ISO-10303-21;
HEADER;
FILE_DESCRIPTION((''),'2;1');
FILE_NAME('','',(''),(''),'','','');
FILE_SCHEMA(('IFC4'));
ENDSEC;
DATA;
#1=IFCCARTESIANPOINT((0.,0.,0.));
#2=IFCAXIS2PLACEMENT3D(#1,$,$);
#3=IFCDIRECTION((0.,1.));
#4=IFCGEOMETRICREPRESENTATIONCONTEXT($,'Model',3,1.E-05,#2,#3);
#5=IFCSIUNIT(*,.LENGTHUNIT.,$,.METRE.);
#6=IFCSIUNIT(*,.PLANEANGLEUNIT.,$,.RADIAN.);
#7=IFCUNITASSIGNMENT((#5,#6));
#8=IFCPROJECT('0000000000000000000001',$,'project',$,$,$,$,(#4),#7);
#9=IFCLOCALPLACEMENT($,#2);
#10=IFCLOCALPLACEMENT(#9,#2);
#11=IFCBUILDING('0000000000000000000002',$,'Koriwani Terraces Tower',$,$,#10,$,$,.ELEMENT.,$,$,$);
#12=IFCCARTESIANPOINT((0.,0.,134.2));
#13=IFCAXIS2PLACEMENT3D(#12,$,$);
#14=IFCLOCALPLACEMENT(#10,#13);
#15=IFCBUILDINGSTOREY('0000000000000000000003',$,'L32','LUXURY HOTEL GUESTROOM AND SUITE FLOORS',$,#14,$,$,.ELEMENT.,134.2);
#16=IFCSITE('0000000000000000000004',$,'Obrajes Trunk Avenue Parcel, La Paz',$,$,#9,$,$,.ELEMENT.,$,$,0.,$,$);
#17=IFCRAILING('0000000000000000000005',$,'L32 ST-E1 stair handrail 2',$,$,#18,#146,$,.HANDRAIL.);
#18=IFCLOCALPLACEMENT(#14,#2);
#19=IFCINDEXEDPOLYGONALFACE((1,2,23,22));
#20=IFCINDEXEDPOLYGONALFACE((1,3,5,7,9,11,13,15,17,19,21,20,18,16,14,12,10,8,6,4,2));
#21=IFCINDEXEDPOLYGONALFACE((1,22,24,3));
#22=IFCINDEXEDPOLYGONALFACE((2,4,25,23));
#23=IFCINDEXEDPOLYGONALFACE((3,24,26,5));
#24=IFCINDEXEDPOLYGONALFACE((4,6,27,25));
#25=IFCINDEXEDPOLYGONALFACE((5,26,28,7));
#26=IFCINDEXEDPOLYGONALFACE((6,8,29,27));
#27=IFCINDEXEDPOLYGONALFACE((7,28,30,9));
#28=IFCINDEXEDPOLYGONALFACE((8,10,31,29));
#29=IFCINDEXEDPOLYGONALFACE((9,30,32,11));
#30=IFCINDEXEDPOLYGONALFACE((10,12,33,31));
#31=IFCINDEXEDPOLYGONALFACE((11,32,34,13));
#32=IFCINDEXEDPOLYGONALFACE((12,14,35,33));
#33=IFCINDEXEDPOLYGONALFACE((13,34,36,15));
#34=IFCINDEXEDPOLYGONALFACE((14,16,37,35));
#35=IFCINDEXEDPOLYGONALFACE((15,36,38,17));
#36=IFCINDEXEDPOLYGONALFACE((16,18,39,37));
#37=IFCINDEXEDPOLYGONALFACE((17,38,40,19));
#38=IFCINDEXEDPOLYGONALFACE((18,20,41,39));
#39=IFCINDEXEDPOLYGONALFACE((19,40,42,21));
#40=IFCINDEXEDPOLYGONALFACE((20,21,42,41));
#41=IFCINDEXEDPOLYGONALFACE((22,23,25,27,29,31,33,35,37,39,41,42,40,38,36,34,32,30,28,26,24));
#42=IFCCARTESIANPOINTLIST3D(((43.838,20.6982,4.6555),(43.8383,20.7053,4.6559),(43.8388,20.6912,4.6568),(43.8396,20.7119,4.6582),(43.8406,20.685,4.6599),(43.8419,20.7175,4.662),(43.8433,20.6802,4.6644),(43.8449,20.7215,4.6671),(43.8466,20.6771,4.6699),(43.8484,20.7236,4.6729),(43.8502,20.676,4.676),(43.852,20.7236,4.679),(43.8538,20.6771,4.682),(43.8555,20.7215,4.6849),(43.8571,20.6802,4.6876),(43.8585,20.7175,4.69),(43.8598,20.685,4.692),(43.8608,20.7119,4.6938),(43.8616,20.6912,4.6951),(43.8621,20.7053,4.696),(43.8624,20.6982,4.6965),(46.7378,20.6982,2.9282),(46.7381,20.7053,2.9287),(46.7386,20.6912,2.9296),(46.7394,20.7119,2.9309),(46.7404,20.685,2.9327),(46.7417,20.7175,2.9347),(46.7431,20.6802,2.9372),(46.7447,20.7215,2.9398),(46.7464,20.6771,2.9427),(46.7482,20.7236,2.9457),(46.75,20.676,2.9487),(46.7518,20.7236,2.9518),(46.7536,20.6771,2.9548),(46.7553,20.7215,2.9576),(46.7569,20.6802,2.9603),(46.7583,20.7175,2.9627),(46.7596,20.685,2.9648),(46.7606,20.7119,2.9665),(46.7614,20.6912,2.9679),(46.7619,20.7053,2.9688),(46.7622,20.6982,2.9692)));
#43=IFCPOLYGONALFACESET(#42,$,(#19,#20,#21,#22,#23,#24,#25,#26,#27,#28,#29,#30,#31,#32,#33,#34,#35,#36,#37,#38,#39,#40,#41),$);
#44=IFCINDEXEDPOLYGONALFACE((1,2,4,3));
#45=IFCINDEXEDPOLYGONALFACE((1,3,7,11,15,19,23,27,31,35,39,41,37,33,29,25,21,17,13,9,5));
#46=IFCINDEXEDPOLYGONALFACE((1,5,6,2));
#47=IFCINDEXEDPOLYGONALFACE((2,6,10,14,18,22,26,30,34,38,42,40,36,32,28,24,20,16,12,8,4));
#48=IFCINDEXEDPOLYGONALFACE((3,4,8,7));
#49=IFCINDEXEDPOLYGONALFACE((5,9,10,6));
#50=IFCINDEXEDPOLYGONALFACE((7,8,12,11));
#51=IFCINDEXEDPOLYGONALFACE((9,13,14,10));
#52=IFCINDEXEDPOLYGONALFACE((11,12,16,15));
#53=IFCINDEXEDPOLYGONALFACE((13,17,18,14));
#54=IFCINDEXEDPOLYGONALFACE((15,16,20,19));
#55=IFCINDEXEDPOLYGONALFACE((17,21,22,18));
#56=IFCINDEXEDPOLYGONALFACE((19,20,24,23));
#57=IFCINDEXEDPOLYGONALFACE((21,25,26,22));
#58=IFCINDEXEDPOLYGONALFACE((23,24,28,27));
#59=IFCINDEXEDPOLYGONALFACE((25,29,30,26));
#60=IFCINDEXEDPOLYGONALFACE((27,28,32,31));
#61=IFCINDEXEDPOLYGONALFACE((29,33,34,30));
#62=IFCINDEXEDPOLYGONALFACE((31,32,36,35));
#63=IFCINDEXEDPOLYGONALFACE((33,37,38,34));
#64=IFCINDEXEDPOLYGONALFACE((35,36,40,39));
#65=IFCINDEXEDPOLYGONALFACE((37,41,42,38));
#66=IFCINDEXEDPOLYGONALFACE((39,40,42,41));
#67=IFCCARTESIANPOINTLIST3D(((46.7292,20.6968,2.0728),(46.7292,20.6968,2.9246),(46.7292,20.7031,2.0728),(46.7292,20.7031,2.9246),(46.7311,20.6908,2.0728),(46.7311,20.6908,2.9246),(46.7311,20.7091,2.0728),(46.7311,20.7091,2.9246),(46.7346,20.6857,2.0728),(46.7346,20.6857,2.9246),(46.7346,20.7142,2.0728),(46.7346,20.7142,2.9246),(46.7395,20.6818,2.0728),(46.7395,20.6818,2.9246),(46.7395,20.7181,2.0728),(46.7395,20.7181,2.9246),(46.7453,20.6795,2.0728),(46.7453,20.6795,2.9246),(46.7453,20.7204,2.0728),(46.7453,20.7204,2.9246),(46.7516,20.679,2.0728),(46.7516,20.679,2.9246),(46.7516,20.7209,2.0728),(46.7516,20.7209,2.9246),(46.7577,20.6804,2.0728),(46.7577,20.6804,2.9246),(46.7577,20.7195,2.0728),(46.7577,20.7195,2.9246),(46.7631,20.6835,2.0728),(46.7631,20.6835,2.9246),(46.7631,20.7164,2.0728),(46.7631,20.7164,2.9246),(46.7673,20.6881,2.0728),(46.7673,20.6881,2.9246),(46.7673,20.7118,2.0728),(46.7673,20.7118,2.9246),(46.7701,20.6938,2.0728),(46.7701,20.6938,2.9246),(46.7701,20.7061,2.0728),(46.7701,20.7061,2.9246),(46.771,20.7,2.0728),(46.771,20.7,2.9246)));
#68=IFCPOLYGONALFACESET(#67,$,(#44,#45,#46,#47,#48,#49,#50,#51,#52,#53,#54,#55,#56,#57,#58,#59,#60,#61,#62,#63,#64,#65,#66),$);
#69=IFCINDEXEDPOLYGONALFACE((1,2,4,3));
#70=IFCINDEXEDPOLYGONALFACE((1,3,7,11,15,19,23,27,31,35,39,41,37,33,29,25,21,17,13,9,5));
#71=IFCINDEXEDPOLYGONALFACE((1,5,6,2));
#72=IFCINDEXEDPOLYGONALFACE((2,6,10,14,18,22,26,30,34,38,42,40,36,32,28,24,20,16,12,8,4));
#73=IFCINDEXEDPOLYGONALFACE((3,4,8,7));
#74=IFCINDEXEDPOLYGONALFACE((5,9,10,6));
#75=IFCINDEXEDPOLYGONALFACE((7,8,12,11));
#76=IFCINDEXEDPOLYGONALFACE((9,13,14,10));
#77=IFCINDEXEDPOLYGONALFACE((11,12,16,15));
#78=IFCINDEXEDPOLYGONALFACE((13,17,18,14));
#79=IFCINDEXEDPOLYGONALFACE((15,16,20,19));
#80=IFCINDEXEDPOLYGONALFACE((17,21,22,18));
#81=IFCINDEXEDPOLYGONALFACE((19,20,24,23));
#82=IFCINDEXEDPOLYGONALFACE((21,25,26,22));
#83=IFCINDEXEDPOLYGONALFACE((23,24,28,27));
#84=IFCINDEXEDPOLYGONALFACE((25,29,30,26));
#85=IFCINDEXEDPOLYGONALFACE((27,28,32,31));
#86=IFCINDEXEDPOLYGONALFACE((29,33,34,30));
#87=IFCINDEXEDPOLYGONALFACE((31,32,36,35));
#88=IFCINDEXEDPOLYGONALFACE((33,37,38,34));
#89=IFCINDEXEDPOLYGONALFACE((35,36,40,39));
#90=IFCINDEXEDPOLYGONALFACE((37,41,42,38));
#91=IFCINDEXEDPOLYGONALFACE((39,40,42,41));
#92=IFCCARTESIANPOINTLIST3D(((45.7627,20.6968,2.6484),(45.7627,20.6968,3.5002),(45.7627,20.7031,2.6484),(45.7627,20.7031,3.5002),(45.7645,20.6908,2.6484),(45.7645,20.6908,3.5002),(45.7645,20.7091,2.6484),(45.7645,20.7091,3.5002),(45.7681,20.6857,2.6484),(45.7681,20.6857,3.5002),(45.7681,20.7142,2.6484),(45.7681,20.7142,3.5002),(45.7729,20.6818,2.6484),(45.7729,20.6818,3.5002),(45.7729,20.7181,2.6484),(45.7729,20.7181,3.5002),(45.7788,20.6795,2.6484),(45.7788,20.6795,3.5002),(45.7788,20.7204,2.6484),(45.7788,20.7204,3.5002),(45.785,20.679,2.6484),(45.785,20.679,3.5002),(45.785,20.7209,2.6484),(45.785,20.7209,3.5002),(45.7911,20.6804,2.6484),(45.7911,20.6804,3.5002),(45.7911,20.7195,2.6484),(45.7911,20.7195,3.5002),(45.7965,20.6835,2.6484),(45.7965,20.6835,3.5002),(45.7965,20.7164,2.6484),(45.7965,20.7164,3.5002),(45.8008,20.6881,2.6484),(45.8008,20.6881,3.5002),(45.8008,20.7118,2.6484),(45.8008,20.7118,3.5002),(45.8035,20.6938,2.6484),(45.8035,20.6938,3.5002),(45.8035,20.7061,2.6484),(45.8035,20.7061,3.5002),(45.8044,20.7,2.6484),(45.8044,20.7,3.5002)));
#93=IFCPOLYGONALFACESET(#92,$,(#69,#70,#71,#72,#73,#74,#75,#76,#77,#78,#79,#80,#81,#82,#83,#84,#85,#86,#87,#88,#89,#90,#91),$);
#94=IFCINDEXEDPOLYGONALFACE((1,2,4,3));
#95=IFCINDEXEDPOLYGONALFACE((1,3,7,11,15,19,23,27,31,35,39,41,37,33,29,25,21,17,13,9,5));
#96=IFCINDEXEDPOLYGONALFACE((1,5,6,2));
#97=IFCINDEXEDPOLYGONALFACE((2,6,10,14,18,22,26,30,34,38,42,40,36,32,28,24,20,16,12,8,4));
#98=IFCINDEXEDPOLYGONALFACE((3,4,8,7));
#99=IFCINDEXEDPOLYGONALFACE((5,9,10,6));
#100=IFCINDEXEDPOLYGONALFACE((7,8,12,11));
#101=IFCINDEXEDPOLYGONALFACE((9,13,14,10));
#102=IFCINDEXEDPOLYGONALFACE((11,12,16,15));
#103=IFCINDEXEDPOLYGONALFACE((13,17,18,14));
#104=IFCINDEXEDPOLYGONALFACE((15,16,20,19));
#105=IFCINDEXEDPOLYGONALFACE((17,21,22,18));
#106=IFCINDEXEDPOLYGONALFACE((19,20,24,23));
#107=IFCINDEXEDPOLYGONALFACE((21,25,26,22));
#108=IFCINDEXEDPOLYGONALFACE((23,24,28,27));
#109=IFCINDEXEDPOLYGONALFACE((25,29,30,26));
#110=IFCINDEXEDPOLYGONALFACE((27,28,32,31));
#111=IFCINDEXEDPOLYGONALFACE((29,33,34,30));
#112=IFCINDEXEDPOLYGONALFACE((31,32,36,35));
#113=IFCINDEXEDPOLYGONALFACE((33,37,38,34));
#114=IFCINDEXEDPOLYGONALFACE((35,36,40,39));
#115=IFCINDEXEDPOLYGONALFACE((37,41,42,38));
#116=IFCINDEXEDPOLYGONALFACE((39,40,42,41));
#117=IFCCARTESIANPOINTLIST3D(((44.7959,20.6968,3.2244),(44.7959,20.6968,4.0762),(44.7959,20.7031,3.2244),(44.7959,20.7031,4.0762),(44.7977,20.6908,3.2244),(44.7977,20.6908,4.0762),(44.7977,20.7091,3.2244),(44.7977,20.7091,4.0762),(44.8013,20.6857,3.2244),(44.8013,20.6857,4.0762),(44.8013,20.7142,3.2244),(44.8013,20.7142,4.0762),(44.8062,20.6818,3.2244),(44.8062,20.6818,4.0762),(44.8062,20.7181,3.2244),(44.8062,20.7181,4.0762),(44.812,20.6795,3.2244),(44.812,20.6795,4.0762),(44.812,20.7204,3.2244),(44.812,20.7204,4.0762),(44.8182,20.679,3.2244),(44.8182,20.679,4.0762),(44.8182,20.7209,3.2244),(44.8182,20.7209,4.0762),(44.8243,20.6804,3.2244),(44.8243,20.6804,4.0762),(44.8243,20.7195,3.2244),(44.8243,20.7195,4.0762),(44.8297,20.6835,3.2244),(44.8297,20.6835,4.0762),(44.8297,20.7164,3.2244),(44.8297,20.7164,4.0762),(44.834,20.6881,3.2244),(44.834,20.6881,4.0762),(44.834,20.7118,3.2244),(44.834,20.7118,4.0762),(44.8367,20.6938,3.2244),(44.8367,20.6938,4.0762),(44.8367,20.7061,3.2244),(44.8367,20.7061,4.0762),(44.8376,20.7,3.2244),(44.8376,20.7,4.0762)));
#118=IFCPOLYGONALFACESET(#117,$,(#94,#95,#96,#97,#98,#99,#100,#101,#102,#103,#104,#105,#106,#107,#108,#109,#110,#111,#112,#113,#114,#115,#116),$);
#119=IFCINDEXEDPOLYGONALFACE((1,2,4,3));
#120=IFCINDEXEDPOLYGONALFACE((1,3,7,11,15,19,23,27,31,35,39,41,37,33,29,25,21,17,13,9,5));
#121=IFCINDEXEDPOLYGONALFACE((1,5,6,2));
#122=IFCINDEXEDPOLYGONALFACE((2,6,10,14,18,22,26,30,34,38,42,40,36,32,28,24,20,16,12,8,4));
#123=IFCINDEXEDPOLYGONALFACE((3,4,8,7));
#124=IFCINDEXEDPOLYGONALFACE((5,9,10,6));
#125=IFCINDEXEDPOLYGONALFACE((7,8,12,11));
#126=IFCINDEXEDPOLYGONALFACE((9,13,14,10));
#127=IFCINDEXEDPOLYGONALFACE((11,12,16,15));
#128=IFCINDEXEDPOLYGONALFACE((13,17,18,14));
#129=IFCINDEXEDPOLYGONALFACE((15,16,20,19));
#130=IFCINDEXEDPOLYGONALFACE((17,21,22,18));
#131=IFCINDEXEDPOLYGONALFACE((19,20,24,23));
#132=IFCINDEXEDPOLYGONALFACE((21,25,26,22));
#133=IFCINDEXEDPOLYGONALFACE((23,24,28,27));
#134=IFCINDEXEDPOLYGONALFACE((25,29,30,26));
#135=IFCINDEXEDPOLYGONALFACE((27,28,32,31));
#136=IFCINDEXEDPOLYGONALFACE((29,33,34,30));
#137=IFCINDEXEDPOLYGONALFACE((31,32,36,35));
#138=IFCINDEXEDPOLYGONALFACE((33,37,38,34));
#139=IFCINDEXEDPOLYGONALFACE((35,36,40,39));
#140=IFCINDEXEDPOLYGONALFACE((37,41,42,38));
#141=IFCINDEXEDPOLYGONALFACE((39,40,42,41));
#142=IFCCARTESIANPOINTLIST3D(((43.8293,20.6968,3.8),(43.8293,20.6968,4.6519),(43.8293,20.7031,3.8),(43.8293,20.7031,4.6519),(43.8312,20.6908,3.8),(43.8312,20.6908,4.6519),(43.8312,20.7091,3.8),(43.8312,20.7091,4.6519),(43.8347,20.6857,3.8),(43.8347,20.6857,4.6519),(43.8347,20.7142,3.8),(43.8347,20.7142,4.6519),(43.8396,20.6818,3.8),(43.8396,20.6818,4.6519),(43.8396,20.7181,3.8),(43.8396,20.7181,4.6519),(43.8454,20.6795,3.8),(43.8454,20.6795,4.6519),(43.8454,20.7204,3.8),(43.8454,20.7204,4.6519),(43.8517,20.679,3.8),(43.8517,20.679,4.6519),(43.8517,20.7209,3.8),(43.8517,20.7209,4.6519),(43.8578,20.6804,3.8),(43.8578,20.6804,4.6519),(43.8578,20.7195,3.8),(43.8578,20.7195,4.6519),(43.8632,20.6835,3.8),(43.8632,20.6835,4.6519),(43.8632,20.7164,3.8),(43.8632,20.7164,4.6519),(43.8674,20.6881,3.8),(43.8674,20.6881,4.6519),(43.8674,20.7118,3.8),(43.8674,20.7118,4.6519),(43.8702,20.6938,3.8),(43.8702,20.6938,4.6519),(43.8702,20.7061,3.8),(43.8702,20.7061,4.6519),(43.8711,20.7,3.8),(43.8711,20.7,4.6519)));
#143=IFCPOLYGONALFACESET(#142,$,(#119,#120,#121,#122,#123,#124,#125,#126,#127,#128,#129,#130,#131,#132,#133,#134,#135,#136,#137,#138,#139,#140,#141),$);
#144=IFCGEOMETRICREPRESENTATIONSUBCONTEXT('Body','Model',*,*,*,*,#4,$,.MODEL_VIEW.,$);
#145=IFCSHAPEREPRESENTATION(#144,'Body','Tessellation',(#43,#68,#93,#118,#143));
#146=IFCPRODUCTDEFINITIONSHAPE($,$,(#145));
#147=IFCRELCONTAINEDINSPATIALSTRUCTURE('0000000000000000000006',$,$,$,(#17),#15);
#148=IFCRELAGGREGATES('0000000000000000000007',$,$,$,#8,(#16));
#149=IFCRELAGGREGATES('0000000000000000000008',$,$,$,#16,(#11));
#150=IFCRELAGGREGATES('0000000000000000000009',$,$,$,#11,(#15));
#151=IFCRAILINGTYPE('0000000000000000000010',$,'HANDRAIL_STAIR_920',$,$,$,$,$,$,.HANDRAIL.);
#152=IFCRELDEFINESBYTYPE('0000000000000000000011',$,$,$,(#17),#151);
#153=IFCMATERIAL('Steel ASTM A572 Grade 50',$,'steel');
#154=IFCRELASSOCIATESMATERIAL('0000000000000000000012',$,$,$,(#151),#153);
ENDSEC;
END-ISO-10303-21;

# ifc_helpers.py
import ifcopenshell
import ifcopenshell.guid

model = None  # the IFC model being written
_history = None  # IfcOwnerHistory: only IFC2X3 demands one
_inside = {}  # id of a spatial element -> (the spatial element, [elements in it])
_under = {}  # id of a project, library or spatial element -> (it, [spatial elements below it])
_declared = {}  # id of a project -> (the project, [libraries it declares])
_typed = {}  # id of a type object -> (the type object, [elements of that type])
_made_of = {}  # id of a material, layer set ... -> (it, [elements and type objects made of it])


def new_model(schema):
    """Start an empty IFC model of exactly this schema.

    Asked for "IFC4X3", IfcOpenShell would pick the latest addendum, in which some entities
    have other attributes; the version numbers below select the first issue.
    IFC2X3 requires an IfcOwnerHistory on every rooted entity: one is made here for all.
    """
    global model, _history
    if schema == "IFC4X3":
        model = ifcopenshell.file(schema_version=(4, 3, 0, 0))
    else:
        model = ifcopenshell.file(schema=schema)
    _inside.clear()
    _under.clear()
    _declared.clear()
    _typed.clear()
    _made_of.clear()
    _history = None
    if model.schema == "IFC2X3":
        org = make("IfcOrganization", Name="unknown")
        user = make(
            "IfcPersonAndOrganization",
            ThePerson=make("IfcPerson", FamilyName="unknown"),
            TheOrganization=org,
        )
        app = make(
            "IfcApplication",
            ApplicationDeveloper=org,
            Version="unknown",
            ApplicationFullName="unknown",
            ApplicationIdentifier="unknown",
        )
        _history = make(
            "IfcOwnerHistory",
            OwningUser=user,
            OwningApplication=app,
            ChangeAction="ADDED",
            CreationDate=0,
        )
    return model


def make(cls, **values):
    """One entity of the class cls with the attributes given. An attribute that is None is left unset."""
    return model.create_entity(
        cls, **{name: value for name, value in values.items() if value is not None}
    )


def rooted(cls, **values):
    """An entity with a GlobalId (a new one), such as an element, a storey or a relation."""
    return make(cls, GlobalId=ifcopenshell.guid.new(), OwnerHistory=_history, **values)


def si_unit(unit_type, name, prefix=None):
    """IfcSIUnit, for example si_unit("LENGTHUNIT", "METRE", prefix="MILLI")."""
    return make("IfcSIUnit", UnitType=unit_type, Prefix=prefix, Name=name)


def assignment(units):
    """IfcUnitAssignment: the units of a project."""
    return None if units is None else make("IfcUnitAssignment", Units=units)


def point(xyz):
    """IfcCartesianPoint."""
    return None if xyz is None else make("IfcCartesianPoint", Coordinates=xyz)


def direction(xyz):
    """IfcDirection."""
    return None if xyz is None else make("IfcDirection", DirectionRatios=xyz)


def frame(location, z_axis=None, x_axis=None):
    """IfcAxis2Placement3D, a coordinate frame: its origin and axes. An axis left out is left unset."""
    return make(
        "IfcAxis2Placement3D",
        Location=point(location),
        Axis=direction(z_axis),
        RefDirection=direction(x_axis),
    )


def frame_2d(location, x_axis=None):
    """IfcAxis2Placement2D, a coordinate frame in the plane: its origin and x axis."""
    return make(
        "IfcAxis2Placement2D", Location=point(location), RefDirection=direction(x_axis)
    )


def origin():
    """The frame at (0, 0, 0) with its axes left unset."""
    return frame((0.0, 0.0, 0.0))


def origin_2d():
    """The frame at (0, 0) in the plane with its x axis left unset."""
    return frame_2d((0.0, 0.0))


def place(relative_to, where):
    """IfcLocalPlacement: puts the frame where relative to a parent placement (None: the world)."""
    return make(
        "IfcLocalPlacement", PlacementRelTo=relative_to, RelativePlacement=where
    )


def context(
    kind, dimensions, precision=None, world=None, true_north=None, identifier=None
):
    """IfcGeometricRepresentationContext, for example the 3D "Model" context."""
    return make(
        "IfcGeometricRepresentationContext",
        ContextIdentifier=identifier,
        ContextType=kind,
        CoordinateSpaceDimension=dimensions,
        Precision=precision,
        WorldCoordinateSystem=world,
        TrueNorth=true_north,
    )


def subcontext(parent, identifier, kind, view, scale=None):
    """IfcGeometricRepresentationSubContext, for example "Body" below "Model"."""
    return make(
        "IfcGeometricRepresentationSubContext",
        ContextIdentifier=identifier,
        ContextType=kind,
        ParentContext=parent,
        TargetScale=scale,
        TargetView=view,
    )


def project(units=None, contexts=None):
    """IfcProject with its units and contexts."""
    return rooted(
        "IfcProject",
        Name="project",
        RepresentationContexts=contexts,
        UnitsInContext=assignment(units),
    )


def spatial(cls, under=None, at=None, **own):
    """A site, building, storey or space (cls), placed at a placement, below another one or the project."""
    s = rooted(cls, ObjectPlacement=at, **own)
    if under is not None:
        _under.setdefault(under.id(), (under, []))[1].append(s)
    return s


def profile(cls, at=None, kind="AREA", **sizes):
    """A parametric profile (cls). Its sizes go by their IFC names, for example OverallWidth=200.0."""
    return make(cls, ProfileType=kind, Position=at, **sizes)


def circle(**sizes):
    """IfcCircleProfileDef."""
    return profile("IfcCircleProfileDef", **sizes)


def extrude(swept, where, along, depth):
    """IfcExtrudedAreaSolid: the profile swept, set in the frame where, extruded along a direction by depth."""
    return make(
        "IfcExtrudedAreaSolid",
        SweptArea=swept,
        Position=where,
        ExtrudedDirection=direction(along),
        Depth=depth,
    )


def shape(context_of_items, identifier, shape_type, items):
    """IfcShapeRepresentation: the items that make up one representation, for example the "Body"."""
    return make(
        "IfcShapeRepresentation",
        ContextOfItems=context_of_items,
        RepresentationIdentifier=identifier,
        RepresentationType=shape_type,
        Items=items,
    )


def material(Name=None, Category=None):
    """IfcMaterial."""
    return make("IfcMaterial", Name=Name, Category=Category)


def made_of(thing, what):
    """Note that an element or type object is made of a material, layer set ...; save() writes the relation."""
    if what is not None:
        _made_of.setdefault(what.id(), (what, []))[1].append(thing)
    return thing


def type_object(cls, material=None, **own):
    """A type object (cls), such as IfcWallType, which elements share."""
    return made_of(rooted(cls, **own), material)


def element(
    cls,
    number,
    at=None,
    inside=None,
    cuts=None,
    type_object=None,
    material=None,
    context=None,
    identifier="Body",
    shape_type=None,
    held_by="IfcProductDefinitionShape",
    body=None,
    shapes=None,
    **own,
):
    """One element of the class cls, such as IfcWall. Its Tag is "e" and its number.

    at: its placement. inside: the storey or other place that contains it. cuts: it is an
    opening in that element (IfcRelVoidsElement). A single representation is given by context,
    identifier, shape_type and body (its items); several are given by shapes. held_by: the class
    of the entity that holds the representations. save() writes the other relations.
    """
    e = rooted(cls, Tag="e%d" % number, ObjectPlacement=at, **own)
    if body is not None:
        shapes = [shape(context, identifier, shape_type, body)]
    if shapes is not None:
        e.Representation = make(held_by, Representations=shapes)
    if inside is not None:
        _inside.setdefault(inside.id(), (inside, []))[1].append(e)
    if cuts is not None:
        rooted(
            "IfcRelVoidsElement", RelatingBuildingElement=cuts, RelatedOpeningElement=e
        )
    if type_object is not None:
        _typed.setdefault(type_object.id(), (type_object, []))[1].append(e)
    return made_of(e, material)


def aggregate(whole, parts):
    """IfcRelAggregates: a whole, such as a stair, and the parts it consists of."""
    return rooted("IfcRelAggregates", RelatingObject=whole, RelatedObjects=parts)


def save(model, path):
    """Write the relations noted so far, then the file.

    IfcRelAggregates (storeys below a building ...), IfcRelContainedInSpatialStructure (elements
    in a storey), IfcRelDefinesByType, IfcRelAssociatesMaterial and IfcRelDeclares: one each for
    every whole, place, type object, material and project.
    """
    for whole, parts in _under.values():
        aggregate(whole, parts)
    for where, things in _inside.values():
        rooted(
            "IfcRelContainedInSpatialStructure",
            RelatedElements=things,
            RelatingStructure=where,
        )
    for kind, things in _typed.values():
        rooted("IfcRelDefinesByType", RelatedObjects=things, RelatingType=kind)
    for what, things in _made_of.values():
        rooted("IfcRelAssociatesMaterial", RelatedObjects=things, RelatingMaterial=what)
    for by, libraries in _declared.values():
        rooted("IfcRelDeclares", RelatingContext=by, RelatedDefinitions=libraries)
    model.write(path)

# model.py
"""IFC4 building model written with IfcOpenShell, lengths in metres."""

from ifc_helpers import new_model, si_unit, direction, frame, origin, origin_2d, place, context, subcontext, project, spatial, circle, extrude, material, type_object, element, save


model = new_model("IFC4")

# Units and contexts
model_context = context("Model", 3, precision=1e-05, world=origin(), true_north=direction((0.0, 1.0)))
body_context = subcontext(model_context, "Body", "Model", "MODEL_VIEW")
ifc_project = project(units=[si_unit("LENGTHUNIT", "METRE"), si_unit("PLANEANGLEUNIT", "RADIAN")], contexts=[model_context])

# Site, building, storey
site_placement = place(None, origin())
site = spatial("IfcSite", under=ifc_project, at=site_placement, Name="Obrajes Trunk Avenue Parcel, La Paz", CompositionType="ELEMENT", RefElevation=0.0)
building_placement = place(site_placement, origin())
building = spatial("IfcBuilding", under=site, at=building_placement, Name="Koriwani Terraces Tower", CompositionType="ELEMENT")
storey_placement = place(building_placement, frame((0.0, 0.0, 134.2)))
storey = spatial("IfcBuildingStorey", under=building, at=storey_placement, Name="L32", Description="LUXURY HOTEL GUESTROOM AND SUITE FLOORS", CompositionType="ELEMENT", Elevation=134.2)

# Shared definitions
ifc_material_1 = material(Name="Steel ASTM A572 Grade 50", Category="steel")

# Railing
railing_type_1 = type_object("IfcRailingType", Name="HANDRAIL_STAIR_920", PredefinedType="HANDRAIL", material=ifc_material_1)
railing_1_placement = place(storey_placement, frame((46.75, 20.7, 2.0728)))
element("IfcRailing", 1, at=railing_1_placement, inside=storey, type_object=railing_type_1, Name="L32 ST-E1 stair handrail 2", PredefinedType="HANDRAIL", context=body_context, shape_type="SweptSolid", body=[
    extrude(circle(Radius=0.0239, at=origin_2d()), frame((0.0, 0.0, 0.876), z_axis=(-0.859141, 0.0, 0.511738), x_axis=(0.0, -1.0, 0.0)), (0.0, 0.0, 1.0), 3.3752),
    extrude(circle(Radius=0.021, at=origin_2d()), origin(), (0.0, 0.0, 1.0), 0.8518),
    extrude(circle(Radius=0.021, at=origin_2d()), frame((-0.9666, 0.0, 0.5757)), (0.0, 0.0, 1.0), 0.8518),
    extrude(circle(Radius=0.021, at=origin_2d()), frame((-1.9333, 0.0, 1.1516)), (0.0, 0.0, 1.0), 0.8518),
    extrude(circle(Radius=0.021, at=origin_2d()), frame((-2.8999, 0.0, 1.7273)), (0.0, 0.0, 1.0), 0.8518),
])

save(model, "model.ifc")
